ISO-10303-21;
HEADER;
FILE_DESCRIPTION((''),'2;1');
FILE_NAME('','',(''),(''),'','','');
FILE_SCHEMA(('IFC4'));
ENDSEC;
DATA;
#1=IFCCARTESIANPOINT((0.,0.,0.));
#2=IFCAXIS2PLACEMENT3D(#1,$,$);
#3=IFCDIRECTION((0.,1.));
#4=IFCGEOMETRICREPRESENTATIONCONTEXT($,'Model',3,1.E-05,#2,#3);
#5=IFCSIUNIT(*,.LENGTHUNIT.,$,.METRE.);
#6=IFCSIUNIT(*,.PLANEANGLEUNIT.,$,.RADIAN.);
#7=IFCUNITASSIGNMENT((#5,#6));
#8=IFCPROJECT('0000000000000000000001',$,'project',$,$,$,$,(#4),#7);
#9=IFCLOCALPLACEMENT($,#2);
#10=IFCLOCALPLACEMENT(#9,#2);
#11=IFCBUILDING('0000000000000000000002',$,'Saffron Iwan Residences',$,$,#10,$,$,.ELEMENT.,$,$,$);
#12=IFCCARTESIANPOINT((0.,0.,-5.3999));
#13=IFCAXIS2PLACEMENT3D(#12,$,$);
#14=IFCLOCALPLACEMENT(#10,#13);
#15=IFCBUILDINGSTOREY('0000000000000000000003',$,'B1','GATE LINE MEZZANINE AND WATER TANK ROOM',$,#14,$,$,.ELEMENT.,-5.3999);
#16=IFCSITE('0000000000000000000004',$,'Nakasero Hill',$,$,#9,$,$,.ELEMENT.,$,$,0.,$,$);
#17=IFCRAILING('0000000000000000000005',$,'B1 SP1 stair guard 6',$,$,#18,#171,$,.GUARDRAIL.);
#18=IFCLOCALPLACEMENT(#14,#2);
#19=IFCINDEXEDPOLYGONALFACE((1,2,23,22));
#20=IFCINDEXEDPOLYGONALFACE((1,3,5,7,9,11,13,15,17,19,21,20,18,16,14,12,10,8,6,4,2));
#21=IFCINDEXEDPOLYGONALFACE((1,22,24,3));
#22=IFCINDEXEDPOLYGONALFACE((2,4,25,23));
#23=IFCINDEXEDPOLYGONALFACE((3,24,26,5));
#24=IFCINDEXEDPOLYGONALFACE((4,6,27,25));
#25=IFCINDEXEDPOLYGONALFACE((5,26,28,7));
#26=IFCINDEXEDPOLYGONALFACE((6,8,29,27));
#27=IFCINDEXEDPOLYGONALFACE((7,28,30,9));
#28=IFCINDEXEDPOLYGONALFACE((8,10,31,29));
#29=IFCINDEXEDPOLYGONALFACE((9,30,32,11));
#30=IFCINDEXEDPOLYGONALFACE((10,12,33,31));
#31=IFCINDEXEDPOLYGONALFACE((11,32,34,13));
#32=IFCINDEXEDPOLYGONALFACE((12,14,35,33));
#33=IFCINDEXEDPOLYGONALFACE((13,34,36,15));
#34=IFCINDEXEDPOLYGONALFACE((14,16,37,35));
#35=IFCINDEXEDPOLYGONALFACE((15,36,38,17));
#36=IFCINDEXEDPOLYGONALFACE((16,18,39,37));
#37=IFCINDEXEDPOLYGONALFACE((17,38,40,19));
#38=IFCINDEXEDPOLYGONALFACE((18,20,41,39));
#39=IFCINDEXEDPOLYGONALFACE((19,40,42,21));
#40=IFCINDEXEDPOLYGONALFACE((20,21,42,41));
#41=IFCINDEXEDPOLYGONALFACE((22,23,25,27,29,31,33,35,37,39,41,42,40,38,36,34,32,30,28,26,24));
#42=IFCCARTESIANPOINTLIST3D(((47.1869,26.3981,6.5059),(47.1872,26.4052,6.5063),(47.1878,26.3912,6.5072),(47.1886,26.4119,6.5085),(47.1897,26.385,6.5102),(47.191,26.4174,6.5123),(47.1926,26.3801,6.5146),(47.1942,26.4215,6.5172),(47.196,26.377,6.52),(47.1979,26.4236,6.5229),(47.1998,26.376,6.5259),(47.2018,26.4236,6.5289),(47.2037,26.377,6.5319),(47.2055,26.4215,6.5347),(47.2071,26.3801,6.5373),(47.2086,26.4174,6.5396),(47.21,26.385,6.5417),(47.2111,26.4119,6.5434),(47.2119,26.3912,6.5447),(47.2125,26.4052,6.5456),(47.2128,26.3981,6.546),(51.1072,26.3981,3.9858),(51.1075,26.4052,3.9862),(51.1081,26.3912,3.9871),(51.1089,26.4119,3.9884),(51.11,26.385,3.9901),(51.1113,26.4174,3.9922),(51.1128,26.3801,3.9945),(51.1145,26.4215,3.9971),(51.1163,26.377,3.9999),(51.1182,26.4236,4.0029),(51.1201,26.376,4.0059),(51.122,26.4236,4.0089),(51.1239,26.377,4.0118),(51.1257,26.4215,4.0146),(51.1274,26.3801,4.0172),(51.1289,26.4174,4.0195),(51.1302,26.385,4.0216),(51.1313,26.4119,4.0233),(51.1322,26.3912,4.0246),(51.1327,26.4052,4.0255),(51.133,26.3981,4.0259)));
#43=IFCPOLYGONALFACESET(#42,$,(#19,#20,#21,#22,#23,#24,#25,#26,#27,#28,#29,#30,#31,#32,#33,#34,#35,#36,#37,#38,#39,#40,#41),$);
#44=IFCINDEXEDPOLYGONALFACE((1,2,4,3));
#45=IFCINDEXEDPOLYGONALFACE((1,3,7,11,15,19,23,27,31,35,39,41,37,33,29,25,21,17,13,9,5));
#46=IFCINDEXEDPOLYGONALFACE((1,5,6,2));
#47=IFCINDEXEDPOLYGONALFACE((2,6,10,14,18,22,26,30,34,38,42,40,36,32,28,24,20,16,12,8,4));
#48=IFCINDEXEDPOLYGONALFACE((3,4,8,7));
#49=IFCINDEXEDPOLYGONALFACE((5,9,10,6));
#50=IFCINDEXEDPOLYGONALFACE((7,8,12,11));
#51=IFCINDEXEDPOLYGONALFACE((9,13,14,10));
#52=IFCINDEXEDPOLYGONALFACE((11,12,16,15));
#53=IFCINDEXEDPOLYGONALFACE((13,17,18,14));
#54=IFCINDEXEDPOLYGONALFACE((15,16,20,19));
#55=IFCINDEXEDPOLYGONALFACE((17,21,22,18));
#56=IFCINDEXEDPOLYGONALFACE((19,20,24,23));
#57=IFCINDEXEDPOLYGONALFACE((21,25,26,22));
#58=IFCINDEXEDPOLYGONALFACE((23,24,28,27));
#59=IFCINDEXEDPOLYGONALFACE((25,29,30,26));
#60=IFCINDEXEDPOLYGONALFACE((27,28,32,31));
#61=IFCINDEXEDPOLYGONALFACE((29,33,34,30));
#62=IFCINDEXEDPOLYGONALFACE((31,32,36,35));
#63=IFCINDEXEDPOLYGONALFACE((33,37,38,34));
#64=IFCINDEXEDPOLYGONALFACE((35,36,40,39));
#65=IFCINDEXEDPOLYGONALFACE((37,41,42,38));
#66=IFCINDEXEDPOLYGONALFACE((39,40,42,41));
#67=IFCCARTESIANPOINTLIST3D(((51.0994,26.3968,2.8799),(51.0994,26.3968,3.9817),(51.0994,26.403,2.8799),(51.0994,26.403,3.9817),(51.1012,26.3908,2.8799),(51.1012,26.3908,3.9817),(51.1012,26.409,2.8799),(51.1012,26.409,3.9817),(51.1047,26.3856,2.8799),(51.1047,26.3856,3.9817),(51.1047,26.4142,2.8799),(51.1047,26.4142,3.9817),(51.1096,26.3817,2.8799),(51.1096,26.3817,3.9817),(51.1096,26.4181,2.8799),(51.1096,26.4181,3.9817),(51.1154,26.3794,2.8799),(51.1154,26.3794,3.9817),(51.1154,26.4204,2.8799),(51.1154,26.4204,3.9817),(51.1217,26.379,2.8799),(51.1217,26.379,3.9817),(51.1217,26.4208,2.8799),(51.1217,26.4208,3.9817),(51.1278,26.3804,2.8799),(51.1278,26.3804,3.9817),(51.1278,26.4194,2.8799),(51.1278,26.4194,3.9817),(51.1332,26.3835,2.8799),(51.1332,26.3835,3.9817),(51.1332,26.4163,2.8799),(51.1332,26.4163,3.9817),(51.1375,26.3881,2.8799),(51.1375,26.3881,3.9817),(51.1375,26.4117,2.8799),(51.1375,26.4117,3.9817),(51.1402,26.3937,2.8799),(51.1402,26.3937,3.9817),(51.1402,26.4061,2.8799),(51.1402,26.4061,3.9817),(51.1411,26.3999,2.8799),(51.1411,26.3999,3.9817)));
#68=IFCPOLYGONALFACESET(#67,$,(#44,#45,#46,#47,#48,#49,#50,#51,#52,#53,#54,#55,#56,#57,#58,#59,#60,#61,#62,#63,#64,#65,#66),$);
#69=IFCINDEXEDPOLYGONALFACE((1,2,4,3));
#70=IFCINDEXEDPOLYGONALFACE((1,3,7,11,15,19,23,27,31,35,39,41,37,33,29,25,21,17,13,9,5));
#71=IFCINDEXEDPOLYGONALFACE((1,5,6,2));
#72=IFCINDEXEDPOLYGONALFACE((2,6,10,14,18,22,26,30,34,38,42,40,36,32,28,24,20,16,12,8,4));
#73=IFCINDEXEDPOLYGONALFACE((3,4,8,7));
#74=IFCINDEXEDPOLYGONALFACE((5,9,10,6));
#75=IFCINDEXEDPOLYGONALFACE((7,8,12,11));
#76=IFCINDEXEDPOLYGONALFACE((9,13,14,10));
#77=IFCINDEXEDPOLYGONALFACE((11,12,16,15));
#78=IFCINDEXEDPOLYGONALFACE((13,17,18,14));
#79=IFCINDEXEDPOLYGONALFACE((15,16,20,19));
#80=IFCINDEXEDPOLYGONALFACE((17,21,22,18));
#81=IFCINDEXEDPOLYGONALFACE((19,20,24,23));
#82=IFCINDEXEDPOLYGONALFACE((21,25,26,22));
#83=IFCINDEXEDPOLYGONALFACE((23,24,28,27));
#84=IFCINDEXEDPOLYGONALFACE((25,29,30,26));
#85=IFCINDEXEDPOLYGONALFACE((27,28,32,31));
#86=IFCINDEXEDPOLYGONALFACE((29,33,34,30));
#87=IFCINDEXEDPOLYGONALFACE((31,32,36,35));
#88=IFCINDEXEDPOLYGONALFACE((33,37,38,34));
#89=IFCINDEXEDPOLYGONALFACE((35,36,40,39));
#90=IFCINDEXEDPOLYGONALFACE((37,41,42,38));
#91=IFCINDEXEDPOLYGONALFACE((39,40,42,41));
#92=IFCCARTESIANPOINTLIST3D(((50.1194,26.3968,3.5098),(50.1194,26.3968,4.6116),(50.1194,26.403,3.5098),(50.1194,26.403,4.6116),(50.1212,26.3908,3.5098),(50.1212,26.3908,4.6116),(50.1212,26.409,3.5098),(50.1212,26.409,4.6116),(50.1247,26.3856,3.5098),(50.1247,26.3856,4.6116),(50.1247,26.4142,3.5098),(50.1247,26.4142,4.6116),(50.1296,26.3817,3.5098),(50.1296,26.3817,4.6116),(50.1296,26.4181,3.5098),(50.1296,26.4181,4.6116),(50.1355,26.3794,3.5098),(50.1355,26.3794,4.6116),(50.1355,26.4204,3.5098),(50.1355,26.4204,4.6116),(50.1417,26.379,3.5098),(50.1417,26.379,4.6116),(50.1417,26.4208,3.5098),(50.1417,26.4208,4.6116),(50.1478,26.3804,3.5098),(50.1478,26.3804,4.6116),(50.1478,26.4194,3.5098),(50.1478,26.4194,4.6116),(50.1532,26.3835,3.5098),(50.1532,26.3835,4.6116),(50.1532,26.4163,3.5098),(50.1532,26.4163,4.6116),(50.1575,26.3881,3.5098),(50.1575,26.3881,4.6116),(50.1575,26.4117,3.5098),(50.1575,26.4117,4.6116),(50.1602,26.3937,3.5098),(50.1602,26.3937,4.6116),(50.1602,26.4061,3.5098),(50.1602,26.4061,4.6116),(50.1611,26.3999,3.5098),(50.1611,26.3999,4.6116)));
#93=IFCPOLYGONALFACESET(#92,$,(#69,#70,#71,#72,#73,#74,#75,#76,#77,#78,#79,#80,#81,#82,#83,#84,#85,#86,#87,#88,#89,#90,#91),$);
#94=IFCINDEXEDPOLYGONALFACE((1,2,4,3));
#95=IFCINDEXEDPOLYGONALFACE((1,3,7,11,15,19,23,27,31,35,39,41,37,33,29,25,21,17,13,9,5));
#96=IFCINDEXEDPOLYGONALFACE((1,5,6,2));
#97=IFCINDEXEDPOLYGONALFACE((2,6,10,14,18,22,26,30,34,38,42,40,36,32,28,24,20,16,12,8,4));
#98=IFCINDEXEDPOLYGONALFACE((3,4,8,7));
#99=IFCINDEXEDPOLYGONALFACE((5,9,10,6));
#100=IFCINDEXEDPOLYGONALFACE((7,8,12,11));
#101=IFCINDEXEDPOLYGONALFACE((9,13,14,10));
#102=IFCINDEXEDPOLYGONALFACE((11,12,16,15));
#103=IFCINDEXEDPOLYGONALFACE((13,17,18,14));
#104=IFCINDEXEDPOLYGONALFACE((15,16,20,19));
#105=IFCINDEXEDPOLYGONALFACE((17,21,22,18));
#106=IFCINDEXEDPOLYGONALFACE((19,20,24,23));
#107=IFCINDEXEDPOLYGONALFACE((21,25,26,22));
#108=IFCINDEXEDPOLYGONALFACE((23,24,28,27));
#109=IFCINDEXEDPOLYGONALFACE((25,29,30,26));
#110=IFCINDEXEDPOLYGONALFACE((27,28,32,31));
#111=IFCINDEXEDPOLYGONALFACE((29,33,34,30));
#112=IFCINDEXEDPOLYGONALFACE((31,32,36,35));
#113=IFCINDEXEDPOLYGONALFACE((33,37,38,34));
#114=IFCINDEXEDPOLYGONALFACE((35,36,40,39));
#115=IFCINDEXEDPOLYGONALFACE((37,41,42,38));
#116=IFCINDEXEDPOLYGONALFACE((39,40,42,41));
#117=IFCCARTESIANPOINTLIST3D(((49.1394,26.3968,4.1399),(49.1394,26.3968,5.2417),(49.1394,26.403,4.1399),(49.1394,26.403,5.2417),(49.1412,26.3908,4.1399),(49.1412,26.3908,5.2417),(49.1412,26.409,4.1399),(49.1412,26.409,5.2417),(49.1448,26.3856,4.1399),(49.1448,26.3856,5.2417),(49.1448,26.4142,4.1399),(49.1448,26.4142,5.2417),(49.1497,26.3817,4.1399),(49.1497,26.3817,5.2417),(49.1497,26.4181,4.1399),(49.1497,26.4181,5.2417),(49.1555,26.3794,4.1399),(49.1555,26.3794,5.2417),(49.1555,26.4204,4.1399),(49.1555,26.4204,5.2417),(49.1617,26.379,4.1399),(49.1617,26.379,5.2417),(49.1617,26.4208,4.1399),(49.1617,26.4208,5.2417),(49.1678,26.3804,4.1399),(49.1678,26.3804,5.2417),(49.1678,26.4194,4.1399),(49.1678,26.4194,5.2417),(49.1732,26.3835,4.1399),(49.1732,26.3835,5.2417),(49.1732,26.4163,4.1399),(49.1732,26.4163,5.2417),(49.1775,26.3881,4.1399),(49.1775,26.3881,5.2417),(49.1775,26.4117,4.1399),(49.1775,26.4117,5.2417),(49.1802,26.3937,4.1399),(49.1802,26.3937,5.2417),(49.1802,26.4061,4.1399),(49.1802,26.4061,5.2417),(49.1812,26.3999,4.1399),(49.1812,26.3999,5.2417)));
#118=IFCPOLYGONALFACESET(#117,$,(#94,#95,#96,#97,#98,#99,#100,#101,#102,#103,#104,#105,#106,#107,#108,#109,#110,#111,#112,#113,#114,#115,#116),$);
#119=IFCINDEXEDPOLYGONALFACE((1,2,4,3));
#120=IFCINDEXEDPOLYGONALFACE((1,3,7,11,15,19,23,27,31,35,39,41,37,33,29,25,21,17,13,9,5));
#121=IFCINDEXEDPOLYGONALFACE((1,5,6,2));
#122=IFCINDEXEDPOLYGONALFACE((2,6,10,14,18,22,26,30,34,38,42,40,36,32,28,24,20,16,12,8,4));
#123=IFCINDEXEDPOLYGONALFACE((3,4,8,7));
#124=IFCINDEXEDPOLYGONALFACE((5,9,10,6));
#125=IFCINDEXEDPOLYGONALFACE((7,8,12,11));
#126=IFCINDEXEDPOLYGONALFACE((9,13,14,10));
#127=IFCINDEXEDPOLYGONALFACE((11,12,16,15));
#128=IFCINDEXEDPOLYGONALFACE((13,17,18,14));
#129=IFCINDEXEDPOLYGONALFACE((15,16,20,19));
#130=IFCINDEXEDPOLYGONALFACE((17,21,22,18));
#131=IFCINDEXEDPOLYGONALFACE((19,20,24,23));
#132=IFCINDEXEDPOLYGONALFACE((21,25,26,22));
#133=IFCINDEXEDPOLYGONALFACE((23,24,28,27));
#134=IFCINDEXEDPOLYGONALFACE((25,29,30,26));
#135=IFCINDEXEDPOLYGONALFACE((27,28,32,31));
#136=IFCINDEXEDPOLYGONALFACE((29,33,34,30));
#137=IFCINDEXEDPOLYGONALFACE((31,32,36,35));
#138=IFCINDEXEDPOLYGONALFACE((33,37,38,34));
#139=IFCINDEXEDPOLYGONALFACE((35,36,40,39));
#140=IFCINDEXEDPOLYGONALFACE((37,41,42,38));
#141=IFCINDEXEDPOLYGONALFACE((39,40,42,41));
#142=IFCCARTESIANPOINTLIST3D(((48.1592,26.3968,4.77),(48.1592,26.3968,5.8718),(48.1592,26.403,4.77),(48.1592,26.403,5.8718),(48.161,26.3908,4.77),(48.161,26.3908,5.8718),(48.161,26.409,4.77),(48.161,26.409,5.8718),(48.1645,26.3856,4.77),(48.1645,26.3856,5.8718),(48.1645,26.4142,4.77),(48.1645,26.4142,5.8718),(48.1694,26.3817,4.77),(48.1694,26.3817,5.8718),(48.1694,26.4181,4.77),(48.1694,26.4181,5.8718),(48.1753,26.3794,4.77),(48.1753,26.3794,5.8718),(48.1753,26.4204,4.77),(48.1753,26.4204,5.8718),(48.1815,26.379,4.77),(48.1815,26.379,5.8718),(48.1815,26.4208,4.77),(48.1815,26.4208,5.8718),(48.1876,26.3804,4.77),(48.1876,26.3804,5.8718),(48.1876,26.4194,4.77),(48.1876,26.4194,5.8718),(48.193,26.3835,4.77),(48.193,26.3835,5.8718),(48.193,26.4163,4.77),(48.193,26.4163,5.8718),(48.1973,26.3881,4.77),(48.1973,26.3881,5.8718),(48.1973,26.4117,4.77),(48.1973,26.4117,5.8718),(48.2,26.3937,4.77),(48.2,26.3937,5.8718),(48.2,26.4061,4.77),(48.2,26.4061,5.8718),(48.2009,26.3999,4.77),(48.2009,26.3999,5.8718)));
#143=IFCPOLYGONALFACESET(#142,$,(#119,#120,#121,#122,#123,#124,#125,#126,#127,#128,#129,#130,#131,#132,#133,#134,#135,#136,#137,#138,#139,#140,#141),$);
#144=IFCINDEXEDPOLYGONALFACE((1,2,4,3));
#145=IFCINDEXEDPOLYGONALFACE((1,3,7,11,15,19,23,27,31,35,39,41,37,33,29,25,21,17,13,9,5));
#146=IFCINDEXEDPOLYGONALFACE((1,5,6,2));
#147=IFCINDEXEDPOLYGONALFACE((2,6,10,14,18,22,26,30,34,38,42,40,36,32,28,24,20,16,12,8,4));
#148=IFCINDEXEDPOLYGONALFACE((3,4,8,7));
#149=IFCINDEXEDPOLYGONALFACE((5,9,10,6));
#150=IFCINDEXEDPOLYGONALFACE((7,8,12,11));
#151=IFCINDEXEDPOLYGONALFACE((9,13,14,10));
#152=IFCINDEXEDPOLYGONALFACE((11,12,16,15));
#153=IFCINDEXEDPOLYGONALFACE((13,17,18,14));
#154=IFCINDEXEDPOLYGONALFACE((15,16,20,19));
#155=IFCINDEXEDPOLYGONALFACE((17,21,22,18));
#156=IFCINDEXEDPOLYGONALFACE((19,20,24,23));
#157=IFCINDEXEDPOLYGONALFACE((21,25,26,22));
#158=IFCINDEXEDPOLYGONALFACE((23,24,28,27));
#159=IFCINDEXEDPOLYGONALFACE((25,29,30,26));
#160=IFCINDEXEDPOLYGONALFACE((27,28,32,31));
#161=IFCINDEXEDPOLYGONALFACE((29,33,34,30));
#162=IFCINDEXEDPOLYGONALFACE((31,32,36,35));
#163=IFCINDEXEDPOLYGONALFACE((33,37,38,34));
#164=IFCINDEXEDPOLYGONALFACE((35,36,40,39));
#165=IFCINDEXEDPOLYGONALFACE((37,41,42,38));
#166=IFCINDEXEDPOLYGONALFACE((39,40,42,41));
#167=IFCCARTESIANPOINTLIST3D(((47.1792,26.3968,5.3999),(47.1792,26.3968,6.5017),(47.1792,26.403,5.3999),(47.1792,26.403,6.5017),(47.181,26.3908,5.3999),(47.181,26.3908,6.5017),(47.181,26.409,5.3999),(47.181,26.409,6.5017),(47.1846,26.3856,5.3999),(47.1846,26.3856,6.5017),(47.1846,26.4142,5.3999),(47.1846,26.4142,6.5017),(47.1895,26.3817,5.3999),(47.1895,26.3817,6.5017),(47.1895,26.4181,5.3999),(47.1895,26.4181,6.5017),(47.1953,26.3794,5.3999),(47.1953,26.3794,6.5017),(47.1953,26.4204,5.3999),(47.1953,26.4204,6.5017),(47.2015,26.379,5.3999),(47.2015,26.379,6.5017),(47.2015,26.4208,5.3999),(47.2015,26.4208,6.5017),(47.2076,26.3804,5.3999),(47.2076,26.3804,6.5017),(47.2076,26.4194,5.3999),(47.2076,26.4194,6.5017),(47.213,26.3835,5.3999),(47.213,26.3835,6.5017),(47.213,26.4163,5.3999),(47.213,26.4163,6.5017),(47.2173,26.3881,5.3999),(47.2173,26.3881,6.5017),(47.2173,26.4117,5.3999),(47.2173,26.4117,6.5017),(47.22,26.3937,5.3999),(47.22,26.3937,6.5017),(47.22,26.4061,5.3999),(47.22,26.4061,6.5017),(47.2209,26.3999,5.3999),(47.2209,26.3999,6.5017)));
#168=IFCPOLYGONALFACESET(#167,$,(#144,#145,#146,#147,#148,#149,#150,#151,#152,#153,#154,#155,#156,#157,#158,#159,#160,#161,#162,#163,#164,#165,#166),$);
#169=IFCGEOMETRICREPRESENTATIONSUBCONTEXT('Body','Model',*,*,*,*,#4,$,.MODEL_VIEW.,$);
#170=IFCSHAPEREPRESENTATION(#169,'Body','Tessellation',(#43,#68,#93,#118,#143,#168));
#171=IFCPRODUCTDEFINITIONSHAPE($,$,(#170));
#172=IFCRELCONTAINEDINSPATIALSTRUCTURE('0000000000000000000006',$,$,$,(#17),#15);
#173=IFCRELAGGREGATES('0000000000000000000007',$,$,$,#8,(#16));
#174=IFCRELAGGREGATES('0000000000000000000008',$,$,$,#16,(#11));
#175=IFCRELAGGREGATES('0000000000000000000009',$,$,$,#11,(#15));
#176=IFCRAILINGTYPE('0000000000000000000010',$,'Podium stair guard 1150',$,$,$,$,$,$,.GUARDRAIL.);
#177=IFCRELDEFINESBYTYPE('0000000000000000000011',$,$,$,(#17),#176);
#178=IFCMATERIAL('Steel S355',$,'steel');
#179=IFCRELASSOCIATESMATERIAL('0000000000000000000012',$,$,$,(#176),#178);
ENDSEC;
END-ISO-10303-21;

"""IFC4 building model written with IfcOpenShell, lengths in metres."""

from ifc_helpers import new_model, si_unit, direction, frame, origin, origin_2d, place, context, subcontext, project, spatial, circle, extrude, material, type_object, element, save


model = new_model("IFC4")

# Units and contexts
model_context = context("Model", 3, precision=1e-05, world=origin(), true_north=direction((0.0, 1.0)))
body_context = subcontext(model_context, "Body", "Model", "MODEL_VIEW")
ifc_project = project(units=[si_unit("LENGTHUNIT", "METRE"), si_unit("PLANEANGLEUNIT", "RADIAN")], contexts=[model_context])

# Site, building, storey
site_placement = place(None, origin())
site = spatial("IfcSite", under=ifc_project, at=site_placement, Name="Nakasero Hill", CompositionType="ELEMENT", RefElevation=0.0)
building_placement = place(site_placement, origin())
building = spatial("IfcBuilding", under=site, at=building_placement, Name="Saffron Iwan Residences", CompositionType="ELEMENT")
storey_placement = place(building_placement, frame((0.0, 0.0, -5.3999)))
storey = spatial("IfcBuildingStorey", under=building, at=storey_placement, Name="B1", Description="GATE LINE MEZZANINE AND WATER TANK ROOM", CompositionType="ELEMENT", Elevation=-5.3999)

# Railing
ifc_material_1 = material(Name="Steel S355", Category="steel")
railing_type_1 = type_object("IfcRailingType", Name="Podium stair guard 1150", PredefinedType="GUARDRAIL", material=ifc_material_1)
railing_1_placement = place(storey_placement, frame((51.1201, 26.3999, 2.8799)))
element("IfcRailing", 1, at=railing_1_placement, inside=storey, type_object=railing_type_1, Name="B1 SP1 stair guard 6", PredefinedType="GUARDRAIL", context=body_context, shape_type="SweptSolid", body=[
    extrude(circle(Radius=0.0239, at=origin_2d()), frame((0.0, 0.0, 1.126), z_axis=(-0.841187, 0.0, 0.540744), x_axis=(0.0, -1.0, 0.0)), (0.0, 0.0, 1.0), 4.6604),
    extrude(circle(Radius=0.021, at=origin_2d()), origin(), (0.0, 0.0, 1.0), 1.1018),
    extrude(circle(Radius=0.021, at=origin_2d()), frame((-0.98, 0.0, 0.6299)), (0.0, 0.0, 1.0), 1.1018),
    extrude(circle(Radius=0.021, at=origin_2d()), frame((-1.96, 0.0, 1.26)), (0.0, 0.0, 1.0), 1.1018),
    extrude(circle(Radius=0.021, at=origin_2d()), frame((-2.9402, 0.0, 1.8901)), (0.0, 0.0, 1.0), 1.1018),
    extrude(circle(Radius=0.021, at=origin_2d()), frame((-3.9202, 0.0, 2.52)), (0.0, 0.0, 1.0), 1.1018),
])

save(model, "model.ifc")
